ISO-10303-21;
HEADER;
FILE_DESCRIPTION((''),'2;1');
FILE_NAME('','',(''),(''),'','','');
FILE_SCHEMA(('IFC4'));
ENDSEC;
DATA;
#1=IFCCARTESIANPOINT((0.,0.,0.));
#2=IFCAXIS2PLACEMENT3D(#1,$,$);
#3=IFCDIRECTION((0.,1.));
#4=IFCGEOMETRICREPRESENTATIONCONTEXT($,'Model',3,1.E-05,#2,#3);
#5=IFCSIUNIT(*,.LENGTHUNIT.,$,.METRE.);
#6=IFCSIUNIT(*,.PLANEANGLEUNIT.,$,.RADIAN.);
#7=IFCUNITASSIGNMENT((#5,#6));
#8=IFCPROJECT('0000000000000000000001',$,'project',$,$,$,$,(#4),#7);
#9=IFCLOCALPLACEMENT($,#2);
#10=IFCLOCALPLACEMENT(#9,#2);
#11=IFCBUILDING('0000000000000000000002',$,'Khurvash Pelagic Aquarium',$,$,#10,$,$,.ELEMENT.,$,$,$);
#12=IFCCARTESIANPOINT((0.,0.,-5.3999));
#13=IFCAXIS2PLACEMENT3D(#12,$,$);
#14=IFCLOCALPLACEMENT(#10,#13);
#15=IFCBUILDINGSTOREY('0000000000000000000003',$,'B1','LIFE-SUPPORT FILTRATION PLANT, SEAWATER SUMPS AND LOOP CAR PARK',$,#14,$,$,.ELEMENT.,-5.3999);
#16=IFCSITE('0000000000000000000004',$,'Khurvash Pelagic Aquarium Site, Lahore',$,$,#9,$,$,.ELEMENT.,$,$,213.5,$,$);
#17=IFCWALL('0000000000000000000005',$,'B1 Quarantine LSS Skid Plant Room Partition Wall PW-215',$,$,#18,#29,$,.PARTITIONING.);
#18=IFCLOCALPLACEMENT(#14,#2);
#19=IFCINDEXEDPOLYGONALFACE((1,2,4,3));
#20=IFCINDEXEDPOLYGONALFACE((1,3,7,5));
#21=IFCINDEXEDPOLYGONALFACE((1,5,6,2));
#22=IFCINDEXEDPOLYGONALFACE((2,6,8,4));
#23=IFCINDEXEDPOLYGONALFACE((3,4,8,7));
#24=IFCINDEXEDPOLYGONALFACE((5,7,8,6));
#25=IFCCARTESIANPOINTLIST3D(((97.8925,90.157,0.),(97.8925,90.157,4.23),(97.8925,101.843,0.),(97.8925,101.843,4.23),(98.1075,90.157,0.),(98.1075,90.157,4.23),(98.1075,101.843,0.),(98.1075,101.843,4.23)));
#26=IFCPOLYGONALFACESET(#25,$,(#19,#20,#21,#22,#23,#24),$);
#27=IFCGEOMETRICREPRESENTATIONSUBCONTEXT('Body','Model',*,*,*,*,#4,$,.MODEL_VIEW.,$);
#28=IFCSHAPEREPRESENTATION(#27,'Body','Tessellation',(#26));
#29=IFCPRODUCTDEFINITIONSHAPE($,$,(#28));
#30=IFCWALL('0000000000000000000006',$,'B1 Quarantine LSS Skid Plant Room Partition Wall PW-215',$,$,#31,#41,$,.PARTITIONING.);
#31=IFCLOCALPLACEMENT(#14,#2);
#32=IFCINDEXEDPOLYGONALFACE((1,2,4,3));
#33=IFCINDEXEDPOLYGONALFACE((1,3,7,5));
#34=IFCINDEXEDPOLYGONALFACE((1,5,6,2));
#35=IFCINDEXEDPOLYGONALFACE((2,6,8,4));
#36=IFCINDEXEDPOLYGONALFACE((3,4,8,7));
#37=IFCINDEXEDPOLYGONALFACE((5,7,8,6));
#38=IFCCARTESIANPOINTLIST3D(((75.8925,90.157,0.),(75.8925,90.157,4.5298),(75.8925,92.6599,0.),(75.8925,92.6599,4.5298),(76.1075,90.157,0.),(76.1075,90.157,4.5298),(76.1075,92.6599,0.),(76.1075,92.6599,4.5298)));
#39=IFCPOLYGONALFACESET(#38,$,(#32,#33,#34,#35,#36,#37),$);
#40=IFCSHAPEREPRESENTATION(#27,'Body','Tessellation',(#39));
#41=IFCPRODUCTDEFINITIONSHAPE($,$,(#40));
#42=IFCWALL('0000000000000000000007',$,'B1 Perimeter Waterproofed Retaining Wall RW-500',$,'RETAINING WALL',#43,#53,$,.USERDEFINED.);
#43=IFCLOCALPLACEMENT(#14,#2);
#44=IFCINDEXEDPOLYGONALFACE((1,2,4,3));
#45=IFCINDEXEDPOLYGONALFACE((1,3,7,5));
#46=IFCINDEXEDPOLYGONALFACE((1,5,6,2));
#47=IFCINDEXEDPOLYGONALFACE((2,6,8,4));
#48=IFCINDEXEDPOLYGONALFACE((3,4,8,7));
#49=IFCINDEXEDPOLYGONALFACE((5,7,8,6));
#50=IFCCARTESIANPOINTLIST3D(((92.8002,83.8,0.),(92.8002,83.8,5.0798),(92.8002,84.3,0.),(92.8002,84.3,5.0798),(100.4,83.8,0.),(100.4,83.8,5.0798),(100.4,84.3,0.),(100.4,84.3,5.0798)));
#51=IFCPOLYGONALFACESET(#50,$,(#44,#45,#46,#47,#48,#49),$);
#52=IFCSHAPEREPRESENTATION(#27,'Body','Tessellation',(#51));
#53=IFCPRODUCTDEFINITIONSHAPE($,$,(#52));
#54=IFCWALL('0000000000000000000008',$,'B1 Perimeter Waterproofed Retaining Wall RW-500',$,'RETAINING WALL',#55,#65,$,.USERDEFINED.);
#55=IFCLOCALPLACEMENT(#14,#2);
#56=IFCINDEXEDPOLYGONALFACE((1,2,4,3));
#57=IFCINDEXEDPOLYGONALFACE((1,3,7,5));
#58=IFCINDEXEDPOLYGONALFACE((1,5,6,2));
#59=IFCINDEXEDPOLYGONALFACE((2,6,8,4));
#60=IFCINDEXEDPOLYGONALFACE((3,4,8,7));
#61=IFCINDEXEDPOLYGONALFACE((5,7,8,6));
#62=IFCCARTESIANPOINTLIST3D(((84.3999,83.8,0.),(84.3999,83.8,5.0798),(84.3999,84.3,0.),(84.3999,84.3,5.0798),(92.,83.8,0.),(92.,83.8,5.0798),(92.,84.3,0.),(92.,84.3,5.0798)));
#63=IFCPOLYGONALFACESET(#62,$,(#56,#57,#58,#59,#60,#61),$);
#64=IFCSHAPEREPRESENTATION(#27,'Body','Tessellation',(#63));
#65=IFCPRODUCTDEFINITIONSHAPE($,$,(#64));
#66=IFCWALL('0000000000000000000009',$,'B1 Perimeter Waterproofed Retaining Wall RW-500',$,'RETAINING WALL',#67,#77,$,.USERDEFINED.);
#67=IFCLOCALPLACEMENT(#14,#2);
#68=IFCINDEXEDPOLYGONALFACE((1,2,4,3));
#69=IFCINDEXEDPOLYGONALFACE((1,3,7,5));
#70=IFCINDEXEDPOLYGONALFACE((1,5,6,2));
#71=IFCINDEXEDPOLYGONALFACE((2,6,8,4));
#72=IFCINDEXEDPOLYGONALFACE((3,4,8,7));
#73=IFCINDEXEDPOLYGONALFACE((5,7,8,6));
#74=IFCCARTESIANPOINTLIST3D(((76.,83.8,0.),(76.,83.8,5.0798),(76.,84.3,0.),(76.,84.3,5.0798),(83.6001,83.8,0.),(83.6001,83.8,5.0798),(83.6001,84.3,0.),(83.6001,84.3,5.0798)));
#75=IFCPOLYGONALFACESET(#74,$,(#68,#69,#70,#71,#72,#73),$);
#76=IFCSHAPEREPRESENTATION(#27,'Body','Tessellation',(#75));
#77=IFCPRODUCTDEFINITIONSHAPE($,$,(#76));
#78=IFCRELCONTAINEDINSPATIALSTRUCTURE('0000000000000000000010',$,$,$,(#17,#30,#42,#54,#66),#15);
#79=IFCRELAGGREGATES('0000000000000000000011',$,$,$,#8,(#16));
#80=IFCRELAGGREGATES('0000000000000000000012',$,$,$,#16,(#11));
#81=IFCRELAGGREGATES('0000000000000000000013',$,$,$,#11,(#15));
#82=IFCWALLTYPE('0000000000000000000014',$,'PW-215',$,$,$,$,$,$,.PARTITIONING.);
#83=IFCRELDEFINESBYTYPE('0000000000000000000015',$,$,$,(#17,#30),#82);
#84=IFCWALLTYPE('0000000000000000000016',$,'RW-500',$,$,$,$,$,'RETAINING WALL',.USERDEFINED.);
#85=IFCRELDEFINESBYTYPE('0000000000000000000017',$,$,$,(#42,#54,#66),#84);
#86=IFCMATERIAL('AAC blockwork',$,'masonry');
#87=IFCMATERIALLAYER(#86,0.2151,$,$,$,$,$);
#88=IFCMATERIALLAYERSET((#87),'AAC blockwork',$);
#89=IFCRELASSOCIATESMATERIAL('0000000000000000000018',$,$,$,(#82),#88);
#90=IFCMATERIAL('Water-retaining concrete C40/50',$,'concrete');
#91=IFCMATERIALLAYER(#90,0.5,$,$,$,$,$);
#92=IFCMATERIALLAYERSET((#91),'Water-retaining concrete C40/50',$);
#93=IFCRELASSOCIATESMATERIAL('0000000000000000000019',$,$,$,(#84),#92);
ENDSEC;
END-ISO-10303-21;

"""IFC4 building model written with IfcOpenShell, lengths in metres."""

from ifc_helpers import new_model, si_unit, direction, frame, frame_2d, origin, place, context, subcontext, project, spatial, rectangle, extrude, material, layer, layer_set, type_object, element, save


model = new_model("IFC4")

# Units and contexts
model_context = context("Model", 3, precision=1e-05, world=origin(), true_north=direction((0.0, 1.0)))
body_context = subcontext(model_context, "Body", "Model", "MODEL_VIEW")
ifc_project = project(units=[si_unit("LENGTHUNIT", "METRE"), si_unit("PLANEANGLEUNIT", "RADIAN")], contexts=[model_context])

# Site, building, storey
site_placement = place(None, origin())
site = spatial("IfcSite", under=ifc_project, at=site_placement, Name="Khurvash Pelagic Aquarium Site, Lahore", CompositionType="ELEMENT", RefElevation=213.5)
building_placement = place(site_placement, origin())
building = spatial("IfcBuilding", under=site, at=building_placement, Name="Khurvash Pelagic Aquarium", CompositionType="ELEMENT")
storey_placement = place(building_placement, frame((0.0, 0.0, -5.3999)))
storey = spatial("IfcBuildingStorey", under=building, at=storey_placement, Name="B1", Description="LIFE-SUPPORT FILTRATION PLANT, SEAWATER SUMPS AND LOOP CAR PARK", CompositionType="ELEMENT", Elevation=-5.3999)

# Shared definitions
ifc_material_1 = material(Name="AAC blockwork", Category="masonry")
ifc_layer_1 = layer(ifc_material_1, 0.2151)
ifc_layer_set_1 = layer_set([ifc_layer_1], Name="AAC blockwork")
wall_type_1 = type_object("IfcWallType", Name="PW-215", PredefinedType="PARTITIONING", material=ifc_layer_set_1)

# Walls
wall_1_placement = place(storey_placement, frame((98.0, 90.157, 0.0), z_axis=(0.0, 0.0, 1.0), x_axis=(0.0, 1.0, 0.0)))
element("IfcWall", 1, at=wall_1_placement, inside=storey, type_object=wall_type_1, Name="B1 Quarantine LSS Skid Plant Room Partition Wall PW-215", PredefinedType="PARTITIONING", context=body_context, shape_type="SweptSolid", body=[
    extrude(rectangle(XDim=11.686, YDim=0.2151, at=frame_2d((5.843, 0.0))), origin(), (0.0, 0.0, 1.0), 4.23),
])
wall_2_placement = place(storey_placement, frame((76.0, 90.157, 0.0), z_axis=(0.0, 0.0, 1.0), x_axis=(0.0, 1.0, 0.0)))
element("IfcWall", 2, at=wall_2_placement, inside=storey, type_object=wall_type_1, Name="B1 Quarantine LSS Skid Plant Room Partition Wall PW-215", PredefinedType="PARTITIONING", context=body_context, shape_type="SweptSolid", body=[
    extrude(rectangle(XDim=2.5029, YDim=0.2151, at=frame_2d((1.2515, 0.0))), origin(), (0.0, 0.0, 1.0), 4.5298),
])
ifc_material_2 = material(Name="Water-retaining concrete C40/50", Category="concrete")
ifc_layer_2 = layer(ifc_material_2, 0.5)
ifc_layer_set_2 = layer_set([ifc_layer_2], Name="Water-retaining concrete C40/50")
wall_type_2 = type_object("IfcWallType", Name="RW-500", ElementType="RETAINING WALL", PredefinedType="USERDEFINED", material=ifc_layer_set_2)
wall_3_placement = place(storey_placement, frame((100.3999, 84.05, 0.0), z_axis=(0.0, 0.0, 1.0), x_axis=(-1.0, 0.0, 0.0)))
element("IfcWall", 3, at=wall_3_placement, inside=storey, type_object=wall_type_2, Name="B1 Perimeter Waterproofed Retaining Wall RW-500", ObjectType="RETAINING WALL", PredefinedType="USERDEFINED", context=body_context, shape_type="SweptSolid", body=[
    extrude(rectangle(XDim=7.5999, YDim=0.5, at=frame_2d((3.7998, 0.0))), origin(), (0.0, 0.0, 1.0), 5.0798),
])
for number, where, z_axis, x_axis, name in (
    (4, (92.0, 84.05, 0.0), (0.0, 0.0, 1.0), (-1.0, 0.0, 0.0), "B1 Perimeter Waterproofed Retaining Wall RW-500"),
    (5, (83.6001, 84.05, 0.0), (0.0, 0.0, 1.0), (-1.0, 0.0, 0.0), "B1 Perimeter Waterproofed Retaining Wall RW-500"),
):
    element("IfcWall", number, at=place(storey_placement, frame(where, z_axis=z_axis, x_axis=x_axis)), inside=storey, type_object=wall_type_2, Name=name, ObjectType="RETAINING WALL", PredefinedType="USERDEFINED", context=body_context, shape_type="SweptSolid", body=[
        extrude(rectangle(XDim=7.6001, YDim=0.5, at=frame_2d((3.8, 0.0))), origin(), (0.0, 0.0, 1.0), 5.0798),
    ])

save(model, "model.ifc")
